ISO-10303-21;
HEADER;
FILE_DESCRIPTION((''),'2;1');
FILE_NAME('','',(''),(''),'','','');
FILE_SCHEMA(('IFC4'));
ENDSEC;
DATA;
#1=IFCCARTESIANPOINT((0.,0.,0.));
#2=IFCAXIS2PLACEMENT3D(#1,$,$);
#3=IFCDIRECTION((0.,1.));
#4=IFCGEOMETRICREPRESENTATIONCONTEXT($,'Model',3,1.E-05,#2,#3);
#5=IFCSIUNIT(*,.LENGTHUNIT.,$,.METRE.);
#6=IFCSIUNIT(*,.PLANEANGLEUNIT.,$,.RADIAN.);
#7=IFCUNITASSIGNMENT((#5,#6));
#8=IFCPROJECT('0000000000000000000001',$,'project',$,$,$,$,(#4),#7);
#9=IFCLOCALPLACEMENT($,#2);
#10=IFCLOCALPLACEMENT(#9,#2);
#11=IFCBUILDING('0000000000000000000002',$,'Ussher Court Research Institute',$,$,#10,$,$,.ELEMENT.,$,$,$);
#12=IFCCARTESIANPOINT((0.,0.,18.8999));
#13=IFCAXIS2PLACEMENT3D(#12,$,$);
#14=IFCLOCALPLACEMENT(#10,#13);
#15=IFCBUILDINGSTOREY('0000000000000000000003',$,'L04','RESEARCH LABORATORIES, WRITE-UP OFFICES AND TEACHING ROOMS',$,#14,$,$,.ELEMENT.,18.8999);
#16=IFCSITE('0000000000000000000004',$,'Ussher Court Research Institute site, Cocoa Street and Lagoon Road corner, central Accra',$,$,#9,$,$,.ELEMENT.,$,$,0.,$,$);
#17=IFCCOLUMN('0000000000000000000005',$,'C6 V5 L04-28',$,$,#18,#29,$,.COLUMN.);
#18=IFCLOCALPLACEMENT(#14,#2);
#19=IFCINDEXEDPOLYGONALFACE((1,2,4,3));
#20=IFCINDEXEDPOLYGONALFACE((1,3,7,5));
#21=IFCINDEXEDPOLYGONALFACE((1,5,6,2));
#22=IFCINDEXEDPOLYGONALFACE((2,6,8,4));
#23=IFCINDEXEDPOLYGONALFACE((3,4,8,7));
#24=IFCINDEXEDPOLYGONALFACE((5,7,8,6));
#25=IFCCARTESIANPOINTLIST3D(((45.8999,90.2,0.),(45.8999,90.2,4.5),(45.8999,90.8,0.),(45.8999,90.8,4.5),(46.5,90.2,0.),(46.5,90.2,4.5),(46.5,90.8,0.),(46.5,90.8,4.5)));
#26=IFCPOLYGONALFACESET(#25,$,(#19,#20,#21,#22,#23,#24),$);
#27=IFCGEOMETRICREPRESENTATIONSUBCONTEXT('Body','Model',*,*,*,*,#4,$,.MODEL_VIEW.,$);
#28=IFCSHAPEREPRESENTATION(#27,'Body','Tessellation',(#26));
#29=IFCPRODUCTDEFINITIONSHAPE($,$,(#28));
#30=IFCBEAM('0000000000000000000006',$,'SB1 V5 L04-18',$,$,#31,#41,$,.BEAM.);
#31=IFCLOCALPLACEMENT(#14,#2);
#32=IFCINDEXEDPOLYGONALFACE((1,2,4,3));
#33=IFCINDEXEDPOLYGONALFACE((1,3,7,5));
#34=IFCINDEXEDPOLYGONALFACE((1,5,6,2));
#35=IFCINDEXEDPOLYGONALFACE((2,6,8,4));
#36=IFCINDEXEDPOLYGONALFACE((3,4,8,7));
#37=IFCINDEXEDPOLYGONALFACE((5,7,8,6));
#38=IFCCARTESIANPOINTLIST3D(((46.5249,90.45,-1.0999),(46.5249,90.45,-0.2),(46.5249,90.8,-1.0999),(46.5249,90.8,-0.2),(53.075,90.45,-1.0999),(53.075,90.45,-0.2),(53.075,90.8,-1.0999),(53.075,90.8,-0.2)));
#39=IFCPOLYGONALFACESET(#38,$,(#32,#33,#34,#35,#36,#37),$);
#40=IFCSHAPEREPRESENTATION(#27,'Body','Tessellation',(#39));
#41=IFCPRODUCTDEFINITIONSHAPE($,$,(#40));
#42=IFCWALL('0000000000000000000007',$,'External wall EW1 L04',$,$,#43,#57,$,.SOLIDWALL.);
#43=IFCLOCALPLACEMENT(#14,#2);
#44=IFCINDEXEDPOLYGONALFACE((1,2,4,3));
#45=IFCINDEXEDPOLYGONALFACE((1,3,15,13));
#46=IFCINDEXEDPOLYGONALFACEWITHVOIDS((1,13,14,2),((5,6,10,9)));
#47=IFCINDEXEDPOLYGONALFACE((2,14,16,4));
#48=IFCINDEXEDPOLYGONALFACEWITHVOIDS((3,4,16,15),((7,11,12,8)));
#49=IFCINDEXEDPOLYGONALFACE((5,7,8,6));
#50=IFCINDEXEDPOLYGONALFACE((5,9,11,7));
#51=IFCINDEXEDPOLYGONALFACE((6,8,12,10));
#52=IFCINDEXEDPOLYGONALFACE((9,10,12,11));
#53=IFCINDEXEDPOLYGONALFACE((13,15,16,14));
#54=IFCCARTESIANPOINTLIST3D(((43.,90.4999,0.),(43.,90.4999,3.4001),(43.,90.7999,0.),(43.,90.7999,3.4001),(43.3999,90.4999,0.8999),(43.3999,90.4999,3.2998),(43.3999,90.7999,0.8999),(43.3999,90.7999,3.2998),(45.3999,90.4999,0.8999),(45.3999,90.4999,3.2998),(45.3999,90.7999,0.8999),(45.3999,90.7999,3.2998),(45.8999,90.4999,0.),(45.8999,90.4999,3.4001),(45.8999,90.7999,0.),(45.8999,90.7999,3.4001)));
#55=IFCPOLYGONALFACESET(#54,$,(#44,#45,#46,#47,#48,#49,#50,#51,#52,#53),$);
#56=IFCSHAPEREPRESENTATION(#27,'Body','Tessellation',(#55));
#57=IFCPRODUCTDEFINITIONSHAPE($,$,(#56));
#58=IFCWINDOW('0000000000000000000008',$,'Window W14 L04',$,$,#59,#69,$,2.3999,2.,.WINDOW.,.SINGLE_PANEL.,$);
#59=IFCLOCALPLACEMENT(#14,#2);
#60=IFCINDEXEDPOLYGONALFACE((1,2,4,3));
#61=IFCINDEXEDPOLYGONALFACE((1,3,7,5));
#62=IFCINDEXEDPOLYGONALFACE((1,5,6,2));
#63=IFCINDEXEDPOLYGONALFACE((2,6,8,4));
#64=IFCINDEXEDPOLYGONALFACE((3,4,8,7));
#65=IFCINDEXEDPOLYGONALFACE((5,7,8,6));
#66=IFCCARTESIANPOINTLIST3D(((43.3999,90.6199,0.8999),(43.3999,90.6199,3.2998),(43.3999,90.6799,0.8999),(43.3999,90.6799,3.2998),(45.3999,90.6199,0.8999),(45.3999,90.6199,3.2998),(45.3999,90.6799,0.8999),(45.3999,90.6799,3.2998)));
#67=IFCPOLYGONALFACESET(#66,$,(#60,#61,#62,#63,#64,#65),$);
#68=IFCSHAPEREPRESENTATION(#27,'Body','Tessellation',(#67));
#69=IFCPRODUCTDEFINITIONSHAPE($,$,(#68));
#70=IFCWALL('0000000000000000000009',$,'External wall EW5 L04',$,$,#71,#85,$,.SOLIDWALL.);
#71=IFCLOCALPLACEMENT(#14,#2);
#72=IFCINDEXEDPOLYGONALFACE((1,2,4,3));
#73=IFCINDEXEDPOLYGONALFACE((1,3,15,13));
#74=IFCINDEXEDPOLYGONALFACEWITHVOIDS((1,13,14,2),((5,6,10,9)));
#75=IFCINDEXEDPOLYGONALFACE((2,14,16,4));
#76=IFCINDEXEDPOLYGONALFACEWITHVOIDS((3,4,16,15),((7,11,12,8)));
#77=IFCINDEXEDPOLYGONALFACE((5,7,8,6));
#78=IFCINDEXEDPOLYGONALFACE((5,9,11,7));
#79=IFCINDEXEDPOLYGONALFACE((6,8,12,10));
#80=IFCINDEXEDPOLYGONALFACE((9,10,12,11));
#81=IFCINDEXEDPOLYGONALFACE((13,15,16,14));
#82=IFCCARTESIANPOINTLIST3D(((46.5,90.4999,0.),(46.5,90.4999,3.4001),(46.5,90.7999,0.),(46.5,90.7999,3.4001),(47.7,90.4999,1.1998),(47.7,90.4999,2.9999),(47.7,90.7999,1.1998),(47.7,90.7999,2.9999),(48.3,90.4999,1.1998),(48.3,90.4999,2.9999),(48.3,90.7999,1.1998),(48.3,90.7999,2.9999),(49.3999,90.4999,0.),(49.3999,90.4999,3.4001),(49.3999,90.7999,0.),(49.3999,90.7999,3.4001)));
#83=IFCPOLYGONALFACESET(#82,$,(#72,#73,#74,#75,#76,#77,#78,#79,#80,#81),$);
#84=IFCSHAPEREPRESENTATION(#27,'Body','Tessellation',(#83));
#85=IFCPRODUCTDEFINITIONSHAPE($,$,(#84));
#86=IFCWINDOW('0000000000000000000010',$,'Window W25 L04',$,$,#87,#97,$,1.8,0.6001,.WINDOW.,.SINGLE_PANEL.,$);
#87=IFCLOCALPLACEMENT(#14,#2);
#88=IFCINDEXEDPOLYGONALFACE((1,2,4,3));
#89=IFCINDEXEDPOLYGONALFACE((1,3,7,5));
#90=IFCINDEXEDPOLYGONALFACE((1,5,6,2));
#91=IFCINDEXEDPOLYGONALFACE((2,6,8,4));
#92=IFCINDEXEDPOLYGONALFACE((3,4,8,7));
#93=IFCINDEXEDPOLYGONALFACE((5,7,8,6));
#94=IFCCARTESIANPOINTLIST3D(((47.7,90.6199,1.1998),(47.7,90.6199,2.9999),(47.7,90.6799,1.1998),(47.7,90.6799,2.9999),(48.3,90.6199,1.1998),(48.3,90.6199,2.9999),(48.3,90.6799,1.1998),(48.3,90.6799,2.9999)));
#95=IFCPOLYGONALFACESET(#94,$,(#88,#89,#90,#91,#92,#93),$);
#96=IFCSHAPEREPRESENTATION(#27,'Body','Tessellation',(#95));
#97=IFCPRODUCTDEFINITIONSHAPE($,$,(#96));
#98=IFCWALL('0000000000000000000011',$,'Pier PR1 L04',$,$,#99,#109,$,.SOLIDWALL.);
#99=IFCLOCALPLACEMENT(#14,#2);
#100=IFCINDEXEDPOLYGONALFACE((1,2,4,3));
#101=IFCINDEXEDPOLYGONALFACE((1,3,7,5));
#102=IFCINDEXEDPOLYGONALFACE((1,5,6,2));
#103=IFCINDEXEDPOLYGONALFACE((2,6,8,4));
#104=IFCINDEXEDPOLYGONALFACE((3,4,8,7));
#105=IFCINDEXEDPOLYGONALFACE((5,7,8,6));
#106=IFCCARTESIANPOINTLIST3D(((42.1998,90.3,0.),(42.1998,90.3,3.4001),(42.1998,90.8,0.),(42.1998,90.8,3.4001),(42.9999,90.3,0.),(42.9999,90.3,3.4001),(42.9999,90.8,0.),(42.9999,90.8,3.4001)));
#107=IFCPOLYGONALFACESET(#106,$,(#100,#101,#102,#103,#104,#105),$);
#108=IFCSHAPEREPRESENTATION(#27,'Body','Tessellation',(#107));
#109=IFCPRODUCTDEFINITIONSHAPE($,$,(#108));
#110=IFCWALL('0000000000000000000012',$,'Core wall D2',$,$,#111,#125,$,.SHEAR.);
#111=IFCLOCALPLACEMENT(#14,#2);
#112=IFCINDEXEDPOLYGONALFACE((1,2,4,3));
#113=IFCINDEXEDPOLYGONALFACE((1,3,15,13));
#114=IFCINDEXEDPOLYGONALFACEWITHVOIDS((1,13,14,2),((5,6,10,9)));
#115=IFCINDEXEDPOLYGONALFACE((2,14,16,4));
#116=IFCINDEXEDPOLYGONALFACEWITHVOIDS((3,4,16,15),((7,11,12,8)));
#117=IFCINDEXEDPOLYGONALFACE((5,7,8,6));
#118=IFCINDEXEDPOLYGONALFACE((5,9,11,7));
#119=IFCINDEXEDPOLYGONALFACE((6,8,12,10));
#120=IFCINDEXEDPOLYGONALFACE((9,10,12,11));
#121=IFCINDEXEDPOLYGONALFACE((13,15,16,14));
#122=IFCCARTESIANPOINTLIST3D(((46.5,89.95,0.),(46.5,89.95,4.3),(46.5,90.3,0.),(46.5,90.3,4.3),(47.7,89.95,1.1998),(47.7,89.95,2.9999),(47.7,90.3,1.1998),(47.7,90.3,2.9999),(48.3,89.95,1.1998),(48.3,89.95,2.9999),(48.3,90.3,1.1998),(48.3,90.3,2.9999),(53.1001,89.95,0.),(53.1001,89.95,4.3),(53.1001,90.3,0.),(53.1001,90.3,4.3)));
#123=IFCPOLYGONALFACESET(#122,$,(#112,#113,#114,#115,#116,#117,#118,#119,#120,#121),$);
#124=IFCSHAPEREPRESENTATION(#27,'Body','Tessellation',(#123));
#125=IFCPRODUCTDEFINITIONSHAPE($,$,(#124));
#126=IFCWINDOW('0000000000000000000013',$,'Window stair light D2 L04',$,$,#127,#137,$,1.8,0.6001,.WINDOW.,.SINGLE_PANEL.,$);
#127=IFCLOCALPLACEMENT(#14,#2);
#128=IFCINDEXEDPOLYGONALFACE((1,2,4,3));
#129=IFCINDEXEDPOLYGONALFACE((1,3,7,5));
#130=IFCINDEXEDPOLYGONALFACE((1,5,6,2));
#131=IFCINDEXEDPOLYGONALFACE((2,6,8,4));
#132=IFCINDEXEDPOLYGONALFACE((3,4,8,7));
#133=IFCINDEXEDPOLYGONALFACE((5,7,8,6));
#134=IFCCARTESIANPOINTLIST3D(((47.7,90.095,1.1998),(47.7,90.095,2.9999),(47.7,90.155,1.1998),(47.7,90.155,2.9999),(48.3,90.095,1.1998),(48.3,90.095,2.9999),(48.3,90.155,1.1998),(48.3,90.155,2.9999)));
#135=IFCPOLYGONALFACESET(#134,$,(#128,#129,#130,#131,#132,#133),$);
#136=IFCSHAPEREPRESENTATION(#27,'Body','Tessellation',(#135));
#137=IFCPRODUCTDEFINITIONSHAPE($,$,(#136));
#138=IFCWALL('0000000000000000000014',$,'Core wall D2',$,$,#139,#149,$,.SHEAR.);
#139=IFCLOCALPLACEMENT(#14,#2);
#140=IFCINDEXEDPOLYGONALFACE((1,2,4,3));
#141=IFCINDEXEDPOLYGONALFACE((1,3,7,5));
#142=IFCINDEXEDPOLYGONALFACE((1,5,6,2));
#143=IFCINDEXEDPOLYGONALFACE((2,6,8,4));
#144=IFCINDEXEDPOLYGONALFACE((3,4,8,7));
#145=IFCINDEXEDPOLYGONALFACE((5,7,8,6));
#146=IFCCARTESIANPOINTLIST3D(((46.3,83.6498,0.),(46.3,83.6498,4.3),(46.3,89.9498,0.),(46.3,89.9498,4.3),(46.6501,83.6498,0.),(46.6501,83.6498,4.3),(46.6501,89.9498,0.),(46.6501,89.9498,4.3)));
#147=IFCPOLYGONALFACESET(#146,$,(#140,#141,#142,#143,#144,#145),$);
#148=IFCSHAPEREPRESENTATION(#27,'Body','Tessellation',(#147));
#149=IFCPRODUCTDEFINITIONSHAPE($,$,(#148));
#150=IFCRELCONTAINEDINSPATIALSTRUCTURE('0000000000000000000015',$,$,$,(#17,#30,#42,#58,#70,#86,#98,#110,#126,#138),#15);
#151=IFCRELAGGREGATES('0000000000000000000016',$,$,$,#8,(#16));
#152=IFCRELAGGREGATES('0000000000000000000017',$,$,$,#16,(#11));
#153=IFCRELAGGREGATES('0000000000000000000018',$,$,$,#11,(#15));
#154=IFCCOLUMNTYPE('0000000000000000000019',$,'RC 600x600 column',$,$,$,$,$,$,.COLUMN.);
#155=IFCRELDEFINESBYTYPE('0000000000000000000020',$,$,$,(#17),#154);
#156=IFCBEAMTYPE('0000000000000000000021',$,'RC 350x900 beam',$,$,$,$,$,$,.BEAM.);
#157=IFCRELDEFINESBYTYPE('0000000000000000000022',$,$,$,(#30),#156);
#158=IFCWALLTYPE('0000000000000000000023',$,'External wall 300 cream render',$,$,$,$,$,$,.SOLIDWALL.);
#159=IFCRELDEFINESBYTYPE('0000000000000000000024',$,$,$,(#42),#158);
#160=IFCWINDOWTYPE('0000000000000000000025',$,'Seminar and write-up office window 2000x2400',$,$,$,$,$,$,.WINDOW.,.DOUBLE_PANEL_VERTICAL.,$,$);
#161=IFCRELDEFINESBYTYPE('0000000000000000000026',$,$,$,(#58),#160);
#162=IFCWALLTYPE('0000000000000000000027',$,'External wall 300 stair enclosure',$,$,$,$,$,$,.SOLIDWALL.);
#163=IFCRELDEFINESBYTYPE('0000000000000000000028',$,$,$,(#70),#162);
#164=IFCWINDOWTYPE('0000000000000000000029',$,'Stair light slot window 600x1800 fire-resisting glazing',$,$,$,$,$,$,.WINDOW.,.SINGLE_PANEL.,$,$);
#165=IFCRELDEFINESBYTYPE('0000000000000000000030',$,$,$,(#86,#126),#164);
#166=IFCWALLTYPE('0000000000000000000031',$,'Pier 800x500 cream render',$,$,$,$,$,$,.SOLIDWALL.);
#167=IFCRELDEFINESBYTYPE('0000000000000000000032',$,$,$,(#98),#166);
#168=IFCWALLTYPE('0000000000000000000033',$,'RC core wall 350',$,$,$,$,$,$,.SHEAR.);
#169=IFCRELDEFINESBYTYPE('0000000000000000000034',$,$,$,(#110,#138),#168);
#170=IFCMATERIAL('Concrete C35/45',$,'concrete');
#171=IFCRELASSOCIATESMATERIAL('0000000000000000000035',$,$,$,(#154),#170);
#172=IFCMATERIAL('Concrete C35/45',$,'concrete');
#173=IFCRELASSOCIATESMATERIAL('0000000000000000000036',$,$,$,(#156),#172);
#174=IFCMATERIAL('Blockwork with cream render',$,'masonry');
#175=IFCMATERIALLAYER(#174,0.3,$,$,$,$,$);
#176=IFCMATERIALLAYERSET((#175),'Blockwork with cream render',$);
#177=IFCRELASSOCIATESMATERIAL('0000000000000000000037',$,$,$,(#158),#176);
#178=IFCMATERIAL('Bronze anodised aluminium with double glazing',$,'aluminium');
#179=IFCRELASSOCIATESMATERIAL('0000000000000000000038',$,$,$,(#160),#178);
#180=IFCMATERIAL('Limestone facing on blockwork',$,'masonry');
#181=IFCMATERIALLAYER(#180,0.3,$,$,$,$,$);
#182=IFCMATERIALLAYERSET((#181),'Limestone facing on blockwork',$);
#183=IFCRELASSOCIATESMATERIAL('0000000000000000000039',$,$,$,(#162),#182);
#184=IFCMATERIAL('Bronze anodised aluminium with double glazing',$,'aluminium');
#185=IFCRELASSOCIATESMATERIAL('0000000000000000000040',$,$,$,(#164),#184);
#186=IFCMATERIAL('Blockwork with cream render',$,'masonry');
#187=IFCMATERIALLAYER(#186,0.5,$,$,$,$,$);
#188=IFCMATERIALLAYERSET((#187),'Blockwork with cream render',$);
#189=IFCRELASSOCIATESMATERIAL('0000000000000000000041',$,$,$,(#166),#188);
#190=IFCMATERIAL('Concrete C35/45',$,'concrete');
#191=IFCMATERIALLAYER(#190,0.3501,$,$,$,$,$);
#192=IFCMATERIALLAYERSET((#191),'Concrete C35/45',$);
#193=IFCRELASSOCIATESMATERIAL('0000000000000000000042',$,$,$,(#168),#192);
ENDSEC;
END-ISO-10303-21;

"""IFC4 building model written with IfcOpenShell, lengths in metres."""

from ifc_helpers import new_model, si_unit, direction, frame, frame_2d, origin, origin_2d, place, context, subcontext, project, spatial, rectangle, extrude, material, layer, layer_set, material_profile, profile_set, type_object, element, fill, save


model = new_model("IFC4")

# Units and contexts
model_context = context("Model", 3, precision=1e-05, world=origin(), true_north=direction((0.0, 1.0)))
body_context = subcontext(model_context, "Body", "Model", "MODEL_VIEW")
ifc_project = project(units=[si_unit("LENGTHUNIT", "METRE"), si_unit("PLANEANGLEUNIT", "RADIAN")], contexts=[model_context])

# Site, building, storey
site_placement = place(None, origin())
site = spatial("IfcSite", under=ifc_project, at=site_placement, Name="Ussher Court Research Institute site, Cocoa Street and Lagoon Road corner, central Accra", CompositionType="ELEMENT", RefElevation=0.0)
building_placement = place(site_placement, origin())
building = spatial("IfcBuilding", under=site, at=building_placement, Name="Ussher Court Research Institute", CompositionType="ELEMENT")
storey_placement = place(building_placement, frame((0.0, 0.0, 18.8999)))
storey = spatial("IfcBuildingStorey", under=building, at=storey_placement, Name="L04", Description="RESEARCH LABORATORIES, WRITE-UP OFFICES AND TEACHING ROOMS", CompositionType="ELEMENT", Elevation=18.8999)

# Column
ifc_material_1 = material(Name="Concrete C35/45", Category="concrete")
ifc_material_profile_1 = material_profile(ifc_material_1, rectangle(XDim=0.6001, YDim=0.6001, at=origin_2d()), Name="RC 600x600")
ifc_profile_set_1 = profile_set([ifc_material_profile_1], Name="Concrete C35/45")
column_type = type_object("IfcColumnType", Name="RC 600x600 column", PredefinedType="COLUMN", material=ifc_profile_set_1)
column_placement = place(storey_placement, frame((46.2, 90.5, 0.0), z_axis=(0.0, 0.0, 1.0), x_axis=(1.0, 0.0, 0.0)))
element("IfcColumn", 1, at=column_placement, inside=storey, type_object=column_type, Name="C6 V5 L04-28", PredefinedType="COLUMN", context=body_context, shape_type="SweptSolid", body=[
    extrude(rectangle(XDim=0.6001, YDim=0.6001, at=origin_2d()), origin(), (0.0, 0.0, 1.0), 4.5),
])

# Beam
ifc_material_2 = material(Name="Concrete C35/45", Category="concrete")
ifc_material_profile_2 = material_profile(ifc_material_2, rectangle(XDim=0.3501, YDim=0.8999, at=origin_2d()), Name="RC 350x900")
ifc_profile_set_2 = profile_set([ifc_material_profile_2], Name="Concrete C35/45")
beam_type = type_object("IfcBeamType", Name="RC 350x900 beam", PredefinedType="BEAM", material=ifc_profile_set_2)
beam_placement = place(storey_placement, frame((46.5249, 90.625, -0.6499), z_axis=(1.0, 0.0, 0.0), x_axis=(0.0, 1.0, 0.0)))
element("IfcBeam", 2, at=beam_placement, inside=storey, type_object=beam_type, Name="SB1 V5 L04-18", PredefinedType="BEAM", context=body_context, shape_type="SweptSolid", body=[
    extrude(rectangle(XDim=0.3501, YDim=0.8999, at=origin_2d()), origin(), (0.0, 0.0, 1.0), 6.55),
])

# Walls, openings, windows
ifc_material_3 = material(Name="Blockwork with cream render", Category="masonry")
ifc_layer_1 = layer(ifc_material_3, 0.3)
ifc_layer_set_1 = layer_set([ifc_layer_1], Name="Blockwork with cream render")
wall_type_1 = type_object("IfcWallType", Name="External wall 300 cream render", PredefinedType="SOLIDWALL", material=ifc_layer_set_1)
wall_1_placement = place(storey_placement, frame((43.0, 90.6499, 0.0), z_axis=(0.0, 0.0, 1.0), x_axis=(1.0, 0.0, 0.0)))
wall_1 = element("IfcWall", 3, at=wall_1_placement, inside=storey, type_object=wall_type_1, Name="External wall EW1 L04", PredefinedType="SOLIDWALL", context=body_context, shape_type="SweptSolid", body=[
    extrude(rectangle(XDim=2.8999, YDim=0.3, at=frame_2d((1.45, 0.0))), origin(), (0.0, 0.0, 1.0), 3.4001),
])
opening_1_placement = place(wall_1_placement, frame((0.3999, 0.0, 0.8999)))
opening_1 = element("IfcOpeningElement", 4, at=opening_1_placement, cuts=wall_1, PredefinedType="OPENING", context=body_context, shape_type="SweptSolid", body=[
    extrude(rectangle(XDim=2.0, YDim=2.3999, at=frame_2d((1.0, 1.2))), frame((0.0, 0.1602, 0.0), z_axis=(0.0, -1.0, 0.0), x_axis=(1.0, 0.0, 0.0)), (0.0, 0.0, 1.0), 0.3201),
])
ifc_material_4 = material(Name="Bronze anodised aluminium with double glazing", Category="aluminium")
window_type_1 = type_object("IfcWindowType", Name="Seminar and write-up office window 2000x2400", PartitioningType="DOUBLE_PANEL_VERTICAL", PredefinedType="WINDOW", material=ifc_material_4)
window_1_placement = place(opening_1_placement, origin())
window_1 = element("IfcWindow", 5, at=window_1_placement, inside=storey, type_object=window_type_1, Name="Window W14 L04", OverallHeight=2.3999, OverallWidth=2.0, PartitioningType="SINGLE_PANEL", PredefinedType="WINDOW", context=body_context, shape_type="SweptSolid", body=[
    extrude(rectangle(XDim=2.0, YDim=2.3999, at=frame_2d((1.0, 1.2))), frame((0.0, 0.03, 0.0), z_axis=(0.0, -1.0, 0.0), x_axis=(1.0, 0.0, 0.0)), (0.0, 0.0, 1.0), 0.0601),
])
fill(opening_1, window_1)
ifc_material_5 = material(Name="Limestone facing on blockwork", Category="masonry")
ifc_layer_2 = layer(ifc_material_5, 0.3)
ifc_layer_set_2 = layer_set([ifc_layer_2], Name="Limestone facing on blockwork")
wall_type_2 = type_object("IfcWallType", Name="External wall 300 stair enclosure", PredefinedType="SOLIDWALL", material=ifc_layer_set_2)
wall_2_placement = place(storey_placement, frame((46.5, 90.6499, 0.0), z_axis=(0.0, 0.0, 1.0), x_axis=(1.0, 0.0, 0.0)))
wall_2 = element("IfcWall", 6, at=wall_2_placement, inside=storey, type_object=wall_type_2, Name="External wall EW5 L04", PredefinedType="SOLIDWALL", context=body_context, shape_type="SweptSolid", body=[
    extrude(rectangle(XDim=2.8999, YDim=0.3, at=frame_2d((1.45, 0.0))), origin(), (0.0, 0.0, 1.0), 3.4001),
])
opening_2_placement = place(wall_2_placement, frame((1.2, 0.0, 1.2)))
opening_2 = element("IfcOpeningElement", 7, at=opening_2_placement, cuts=wall_2, PredefinedType="OPENING", context=body_context, shape_type="SweptSolid", body=[
    extrude(rectangle(XDim=0.6001, YDim=1.8, at=frame_2d((0.3, 0.8999))), frame((0.0, 0.1602, 0.0), z_axis=(0.0, -1.0, 0.0), x_axis=(1.0, 0.0, 0.0)), (0.0, 0.0, 1.0), 0.3201),
])
ifc_material_6 = material(Name="Bronze anodised aluminium with double glazing", Category="aluminium")
window_type_2 = type_object("IfcWindowType", Name="Stair light slot window 600x1800 fire-resisting glazing", PartitioningType="SINGLE_PANEL", PredefinedType="WINDOW", material=ifc_material_6)
window_2_placement = place(opening_2_placement, origin())
window_2 = element("IfcWindow", 8, at=window_2_placement, inside=storey, type_object=window_type_2, Name="Window W25 L04", OverallHeight=1.8, OverallWidth=0.6001, PartitioningType="SINGLE_PANEL", PredefinedType="WINDOW", context=body_context, shape_type="SweptSolid", body=[
    extrude(rectangle(XDim=0.6001, YDim=1.8, at=frame_2d((0.3, 0.8999))), frame((0.0, 0.03, 0.0), z_axis=(0.0, -1.0, 0.0), x_axis=(1.0, 0.0, 0.0)), (0.0, 0.0, 1.0), 0.0601),
])
fill(opening_2, window_2)

# Wall
ifc_material_7 = material(Name="Blockwork with cream render", Category="masonry")
ifc_layer_3 = layer(ifc_material_7, 0.5)
ifc_layer_set_3 = layer_set([ifc_layer_3], Name="Blockwork with cream render")
wall_type_3 = type_object("IfcWallType", Name="Pier 800x500 cream render", PredefinedType="SOLIDWALL", material=ifc_layer_set_3)
wall_3_placement = place(storey_placement, frame((42.2, 90.55, 0.0), z_axis=(0.0, 0.0, 1.0), x_axis=(1.0, 0.0, 0.0)))
element("IfcWall", 9, at=wall_3_placement, inside=storey, type_object=wall_type_3, Name="Pier PR1 L04", PredefinedType="SOLIDWALL", context=body_context, shape_type="SweptSolid", body=[
    extrude(rectangle(XDim=0.8, YDim=0.5, at=frame_2d((0.3999, 0.0))), origin(), (0.0, 0.0, 1.0), 3.4001),
])

# Wall, opening, window
ifc_material_8 = material(Name="Concrete C35/45", Category="concrete")
ifc_layer_4 = layer(ifc_material_8, 0.3501)
ifc_layer_set_4 = layer_set([ifc_layer_4], Name="Concrete C35/45")
wall_type_4 = type_object("IfcWallType", Name="RC core wall 350", PredefinedType="SHEAR", material=ifc_layer_set_4)
wall_4_placement = place(storey_placement, frame((46.5, 90.125, 0.0), z_axis=(0.0, 0.0, 1.0), x_axis=(1.0, 0.0, 0.0)))
wall_4 = element("IfcWall", 10, at=wall_4_placement, inside=storey, type_object=wall_type_4, Name="Core wall D2", PredefinedType="SHEAR", context=body_context, shape_type="SweptSolid", body=[
    extrude(rectangle(XDim=6.6001, YDim=0.3501, at=frame_2d((3.3, 0.0))), origin(), (0.0, 0.0, 1.0), 4.3),
])
opening_3_placement = place(wall_4_placement, frame((1.2, 0.0, 1.2)))
opening_3 = element("IfcOpeningElement", 11, at=opening_3_placement, cuts=wall_4, PredefinedType="OPENING", context=body_context, shape_type="SweptSolid", body=[
    extrude(rectangle(XDim=0.6001, YDim=1.8, at=frame_2d((0.3, 0.8999))), frame((0.0, 0.1851, 0.0), z_axis=(0.0, -1.0, 0.0), x_axis=(1.0, 0.0, 0.0)), (0.0, 0.0, 1.0), 0.3701),
])
window_3_placement = place(opening_3_placement, origin())
window_3 = element("IfcWindow", 12, at=window_3_placement, inside=storey, type_object=window_type_2, Name="Window stair light D2 L04", OverallHeight=1.8, OverallWidth=0.6001, PartitioningType="SINGLE_PANEL", PredefinedType="WINDOW", context=body_context, shape_type="SweptSolid", body=[
    extrude(rectangle(XDim=0.6001, YDim=1.8, at=frame_2d((0.3, 0.8999))), frame((0.0, 0.03, 0.0), z_axis=(0.0, -1.0, 0.0), x_axis=(1.0, 0.0, 0.0)), (0.0, 0.0, 1.0), 0.0601),
])
fill(opening_3, window_3)

# Wall
wall_5_placement = place(storey_placement, frame((46.4751, 83.6499, 0.0), z_axis=(0.0, 0.0, 1.0), x_axis=(0.0, 1.0, 0.0)))
element("IfcWall", 13, at=wall_5_placement, inside=storey, type_object=wall_type_4, Name="Core wall D2", PredefinedType="SHEAR", context=body_context, shape_type="SweptSolid", body=[
    extrude(rectangle(XDim=6.3, YDim=0.3501, at=frame_2d((3.1499, 0.0))), origin(), (0.0, 0.0, 1.0), 4.3),
])

save(model, "model.ifc")
